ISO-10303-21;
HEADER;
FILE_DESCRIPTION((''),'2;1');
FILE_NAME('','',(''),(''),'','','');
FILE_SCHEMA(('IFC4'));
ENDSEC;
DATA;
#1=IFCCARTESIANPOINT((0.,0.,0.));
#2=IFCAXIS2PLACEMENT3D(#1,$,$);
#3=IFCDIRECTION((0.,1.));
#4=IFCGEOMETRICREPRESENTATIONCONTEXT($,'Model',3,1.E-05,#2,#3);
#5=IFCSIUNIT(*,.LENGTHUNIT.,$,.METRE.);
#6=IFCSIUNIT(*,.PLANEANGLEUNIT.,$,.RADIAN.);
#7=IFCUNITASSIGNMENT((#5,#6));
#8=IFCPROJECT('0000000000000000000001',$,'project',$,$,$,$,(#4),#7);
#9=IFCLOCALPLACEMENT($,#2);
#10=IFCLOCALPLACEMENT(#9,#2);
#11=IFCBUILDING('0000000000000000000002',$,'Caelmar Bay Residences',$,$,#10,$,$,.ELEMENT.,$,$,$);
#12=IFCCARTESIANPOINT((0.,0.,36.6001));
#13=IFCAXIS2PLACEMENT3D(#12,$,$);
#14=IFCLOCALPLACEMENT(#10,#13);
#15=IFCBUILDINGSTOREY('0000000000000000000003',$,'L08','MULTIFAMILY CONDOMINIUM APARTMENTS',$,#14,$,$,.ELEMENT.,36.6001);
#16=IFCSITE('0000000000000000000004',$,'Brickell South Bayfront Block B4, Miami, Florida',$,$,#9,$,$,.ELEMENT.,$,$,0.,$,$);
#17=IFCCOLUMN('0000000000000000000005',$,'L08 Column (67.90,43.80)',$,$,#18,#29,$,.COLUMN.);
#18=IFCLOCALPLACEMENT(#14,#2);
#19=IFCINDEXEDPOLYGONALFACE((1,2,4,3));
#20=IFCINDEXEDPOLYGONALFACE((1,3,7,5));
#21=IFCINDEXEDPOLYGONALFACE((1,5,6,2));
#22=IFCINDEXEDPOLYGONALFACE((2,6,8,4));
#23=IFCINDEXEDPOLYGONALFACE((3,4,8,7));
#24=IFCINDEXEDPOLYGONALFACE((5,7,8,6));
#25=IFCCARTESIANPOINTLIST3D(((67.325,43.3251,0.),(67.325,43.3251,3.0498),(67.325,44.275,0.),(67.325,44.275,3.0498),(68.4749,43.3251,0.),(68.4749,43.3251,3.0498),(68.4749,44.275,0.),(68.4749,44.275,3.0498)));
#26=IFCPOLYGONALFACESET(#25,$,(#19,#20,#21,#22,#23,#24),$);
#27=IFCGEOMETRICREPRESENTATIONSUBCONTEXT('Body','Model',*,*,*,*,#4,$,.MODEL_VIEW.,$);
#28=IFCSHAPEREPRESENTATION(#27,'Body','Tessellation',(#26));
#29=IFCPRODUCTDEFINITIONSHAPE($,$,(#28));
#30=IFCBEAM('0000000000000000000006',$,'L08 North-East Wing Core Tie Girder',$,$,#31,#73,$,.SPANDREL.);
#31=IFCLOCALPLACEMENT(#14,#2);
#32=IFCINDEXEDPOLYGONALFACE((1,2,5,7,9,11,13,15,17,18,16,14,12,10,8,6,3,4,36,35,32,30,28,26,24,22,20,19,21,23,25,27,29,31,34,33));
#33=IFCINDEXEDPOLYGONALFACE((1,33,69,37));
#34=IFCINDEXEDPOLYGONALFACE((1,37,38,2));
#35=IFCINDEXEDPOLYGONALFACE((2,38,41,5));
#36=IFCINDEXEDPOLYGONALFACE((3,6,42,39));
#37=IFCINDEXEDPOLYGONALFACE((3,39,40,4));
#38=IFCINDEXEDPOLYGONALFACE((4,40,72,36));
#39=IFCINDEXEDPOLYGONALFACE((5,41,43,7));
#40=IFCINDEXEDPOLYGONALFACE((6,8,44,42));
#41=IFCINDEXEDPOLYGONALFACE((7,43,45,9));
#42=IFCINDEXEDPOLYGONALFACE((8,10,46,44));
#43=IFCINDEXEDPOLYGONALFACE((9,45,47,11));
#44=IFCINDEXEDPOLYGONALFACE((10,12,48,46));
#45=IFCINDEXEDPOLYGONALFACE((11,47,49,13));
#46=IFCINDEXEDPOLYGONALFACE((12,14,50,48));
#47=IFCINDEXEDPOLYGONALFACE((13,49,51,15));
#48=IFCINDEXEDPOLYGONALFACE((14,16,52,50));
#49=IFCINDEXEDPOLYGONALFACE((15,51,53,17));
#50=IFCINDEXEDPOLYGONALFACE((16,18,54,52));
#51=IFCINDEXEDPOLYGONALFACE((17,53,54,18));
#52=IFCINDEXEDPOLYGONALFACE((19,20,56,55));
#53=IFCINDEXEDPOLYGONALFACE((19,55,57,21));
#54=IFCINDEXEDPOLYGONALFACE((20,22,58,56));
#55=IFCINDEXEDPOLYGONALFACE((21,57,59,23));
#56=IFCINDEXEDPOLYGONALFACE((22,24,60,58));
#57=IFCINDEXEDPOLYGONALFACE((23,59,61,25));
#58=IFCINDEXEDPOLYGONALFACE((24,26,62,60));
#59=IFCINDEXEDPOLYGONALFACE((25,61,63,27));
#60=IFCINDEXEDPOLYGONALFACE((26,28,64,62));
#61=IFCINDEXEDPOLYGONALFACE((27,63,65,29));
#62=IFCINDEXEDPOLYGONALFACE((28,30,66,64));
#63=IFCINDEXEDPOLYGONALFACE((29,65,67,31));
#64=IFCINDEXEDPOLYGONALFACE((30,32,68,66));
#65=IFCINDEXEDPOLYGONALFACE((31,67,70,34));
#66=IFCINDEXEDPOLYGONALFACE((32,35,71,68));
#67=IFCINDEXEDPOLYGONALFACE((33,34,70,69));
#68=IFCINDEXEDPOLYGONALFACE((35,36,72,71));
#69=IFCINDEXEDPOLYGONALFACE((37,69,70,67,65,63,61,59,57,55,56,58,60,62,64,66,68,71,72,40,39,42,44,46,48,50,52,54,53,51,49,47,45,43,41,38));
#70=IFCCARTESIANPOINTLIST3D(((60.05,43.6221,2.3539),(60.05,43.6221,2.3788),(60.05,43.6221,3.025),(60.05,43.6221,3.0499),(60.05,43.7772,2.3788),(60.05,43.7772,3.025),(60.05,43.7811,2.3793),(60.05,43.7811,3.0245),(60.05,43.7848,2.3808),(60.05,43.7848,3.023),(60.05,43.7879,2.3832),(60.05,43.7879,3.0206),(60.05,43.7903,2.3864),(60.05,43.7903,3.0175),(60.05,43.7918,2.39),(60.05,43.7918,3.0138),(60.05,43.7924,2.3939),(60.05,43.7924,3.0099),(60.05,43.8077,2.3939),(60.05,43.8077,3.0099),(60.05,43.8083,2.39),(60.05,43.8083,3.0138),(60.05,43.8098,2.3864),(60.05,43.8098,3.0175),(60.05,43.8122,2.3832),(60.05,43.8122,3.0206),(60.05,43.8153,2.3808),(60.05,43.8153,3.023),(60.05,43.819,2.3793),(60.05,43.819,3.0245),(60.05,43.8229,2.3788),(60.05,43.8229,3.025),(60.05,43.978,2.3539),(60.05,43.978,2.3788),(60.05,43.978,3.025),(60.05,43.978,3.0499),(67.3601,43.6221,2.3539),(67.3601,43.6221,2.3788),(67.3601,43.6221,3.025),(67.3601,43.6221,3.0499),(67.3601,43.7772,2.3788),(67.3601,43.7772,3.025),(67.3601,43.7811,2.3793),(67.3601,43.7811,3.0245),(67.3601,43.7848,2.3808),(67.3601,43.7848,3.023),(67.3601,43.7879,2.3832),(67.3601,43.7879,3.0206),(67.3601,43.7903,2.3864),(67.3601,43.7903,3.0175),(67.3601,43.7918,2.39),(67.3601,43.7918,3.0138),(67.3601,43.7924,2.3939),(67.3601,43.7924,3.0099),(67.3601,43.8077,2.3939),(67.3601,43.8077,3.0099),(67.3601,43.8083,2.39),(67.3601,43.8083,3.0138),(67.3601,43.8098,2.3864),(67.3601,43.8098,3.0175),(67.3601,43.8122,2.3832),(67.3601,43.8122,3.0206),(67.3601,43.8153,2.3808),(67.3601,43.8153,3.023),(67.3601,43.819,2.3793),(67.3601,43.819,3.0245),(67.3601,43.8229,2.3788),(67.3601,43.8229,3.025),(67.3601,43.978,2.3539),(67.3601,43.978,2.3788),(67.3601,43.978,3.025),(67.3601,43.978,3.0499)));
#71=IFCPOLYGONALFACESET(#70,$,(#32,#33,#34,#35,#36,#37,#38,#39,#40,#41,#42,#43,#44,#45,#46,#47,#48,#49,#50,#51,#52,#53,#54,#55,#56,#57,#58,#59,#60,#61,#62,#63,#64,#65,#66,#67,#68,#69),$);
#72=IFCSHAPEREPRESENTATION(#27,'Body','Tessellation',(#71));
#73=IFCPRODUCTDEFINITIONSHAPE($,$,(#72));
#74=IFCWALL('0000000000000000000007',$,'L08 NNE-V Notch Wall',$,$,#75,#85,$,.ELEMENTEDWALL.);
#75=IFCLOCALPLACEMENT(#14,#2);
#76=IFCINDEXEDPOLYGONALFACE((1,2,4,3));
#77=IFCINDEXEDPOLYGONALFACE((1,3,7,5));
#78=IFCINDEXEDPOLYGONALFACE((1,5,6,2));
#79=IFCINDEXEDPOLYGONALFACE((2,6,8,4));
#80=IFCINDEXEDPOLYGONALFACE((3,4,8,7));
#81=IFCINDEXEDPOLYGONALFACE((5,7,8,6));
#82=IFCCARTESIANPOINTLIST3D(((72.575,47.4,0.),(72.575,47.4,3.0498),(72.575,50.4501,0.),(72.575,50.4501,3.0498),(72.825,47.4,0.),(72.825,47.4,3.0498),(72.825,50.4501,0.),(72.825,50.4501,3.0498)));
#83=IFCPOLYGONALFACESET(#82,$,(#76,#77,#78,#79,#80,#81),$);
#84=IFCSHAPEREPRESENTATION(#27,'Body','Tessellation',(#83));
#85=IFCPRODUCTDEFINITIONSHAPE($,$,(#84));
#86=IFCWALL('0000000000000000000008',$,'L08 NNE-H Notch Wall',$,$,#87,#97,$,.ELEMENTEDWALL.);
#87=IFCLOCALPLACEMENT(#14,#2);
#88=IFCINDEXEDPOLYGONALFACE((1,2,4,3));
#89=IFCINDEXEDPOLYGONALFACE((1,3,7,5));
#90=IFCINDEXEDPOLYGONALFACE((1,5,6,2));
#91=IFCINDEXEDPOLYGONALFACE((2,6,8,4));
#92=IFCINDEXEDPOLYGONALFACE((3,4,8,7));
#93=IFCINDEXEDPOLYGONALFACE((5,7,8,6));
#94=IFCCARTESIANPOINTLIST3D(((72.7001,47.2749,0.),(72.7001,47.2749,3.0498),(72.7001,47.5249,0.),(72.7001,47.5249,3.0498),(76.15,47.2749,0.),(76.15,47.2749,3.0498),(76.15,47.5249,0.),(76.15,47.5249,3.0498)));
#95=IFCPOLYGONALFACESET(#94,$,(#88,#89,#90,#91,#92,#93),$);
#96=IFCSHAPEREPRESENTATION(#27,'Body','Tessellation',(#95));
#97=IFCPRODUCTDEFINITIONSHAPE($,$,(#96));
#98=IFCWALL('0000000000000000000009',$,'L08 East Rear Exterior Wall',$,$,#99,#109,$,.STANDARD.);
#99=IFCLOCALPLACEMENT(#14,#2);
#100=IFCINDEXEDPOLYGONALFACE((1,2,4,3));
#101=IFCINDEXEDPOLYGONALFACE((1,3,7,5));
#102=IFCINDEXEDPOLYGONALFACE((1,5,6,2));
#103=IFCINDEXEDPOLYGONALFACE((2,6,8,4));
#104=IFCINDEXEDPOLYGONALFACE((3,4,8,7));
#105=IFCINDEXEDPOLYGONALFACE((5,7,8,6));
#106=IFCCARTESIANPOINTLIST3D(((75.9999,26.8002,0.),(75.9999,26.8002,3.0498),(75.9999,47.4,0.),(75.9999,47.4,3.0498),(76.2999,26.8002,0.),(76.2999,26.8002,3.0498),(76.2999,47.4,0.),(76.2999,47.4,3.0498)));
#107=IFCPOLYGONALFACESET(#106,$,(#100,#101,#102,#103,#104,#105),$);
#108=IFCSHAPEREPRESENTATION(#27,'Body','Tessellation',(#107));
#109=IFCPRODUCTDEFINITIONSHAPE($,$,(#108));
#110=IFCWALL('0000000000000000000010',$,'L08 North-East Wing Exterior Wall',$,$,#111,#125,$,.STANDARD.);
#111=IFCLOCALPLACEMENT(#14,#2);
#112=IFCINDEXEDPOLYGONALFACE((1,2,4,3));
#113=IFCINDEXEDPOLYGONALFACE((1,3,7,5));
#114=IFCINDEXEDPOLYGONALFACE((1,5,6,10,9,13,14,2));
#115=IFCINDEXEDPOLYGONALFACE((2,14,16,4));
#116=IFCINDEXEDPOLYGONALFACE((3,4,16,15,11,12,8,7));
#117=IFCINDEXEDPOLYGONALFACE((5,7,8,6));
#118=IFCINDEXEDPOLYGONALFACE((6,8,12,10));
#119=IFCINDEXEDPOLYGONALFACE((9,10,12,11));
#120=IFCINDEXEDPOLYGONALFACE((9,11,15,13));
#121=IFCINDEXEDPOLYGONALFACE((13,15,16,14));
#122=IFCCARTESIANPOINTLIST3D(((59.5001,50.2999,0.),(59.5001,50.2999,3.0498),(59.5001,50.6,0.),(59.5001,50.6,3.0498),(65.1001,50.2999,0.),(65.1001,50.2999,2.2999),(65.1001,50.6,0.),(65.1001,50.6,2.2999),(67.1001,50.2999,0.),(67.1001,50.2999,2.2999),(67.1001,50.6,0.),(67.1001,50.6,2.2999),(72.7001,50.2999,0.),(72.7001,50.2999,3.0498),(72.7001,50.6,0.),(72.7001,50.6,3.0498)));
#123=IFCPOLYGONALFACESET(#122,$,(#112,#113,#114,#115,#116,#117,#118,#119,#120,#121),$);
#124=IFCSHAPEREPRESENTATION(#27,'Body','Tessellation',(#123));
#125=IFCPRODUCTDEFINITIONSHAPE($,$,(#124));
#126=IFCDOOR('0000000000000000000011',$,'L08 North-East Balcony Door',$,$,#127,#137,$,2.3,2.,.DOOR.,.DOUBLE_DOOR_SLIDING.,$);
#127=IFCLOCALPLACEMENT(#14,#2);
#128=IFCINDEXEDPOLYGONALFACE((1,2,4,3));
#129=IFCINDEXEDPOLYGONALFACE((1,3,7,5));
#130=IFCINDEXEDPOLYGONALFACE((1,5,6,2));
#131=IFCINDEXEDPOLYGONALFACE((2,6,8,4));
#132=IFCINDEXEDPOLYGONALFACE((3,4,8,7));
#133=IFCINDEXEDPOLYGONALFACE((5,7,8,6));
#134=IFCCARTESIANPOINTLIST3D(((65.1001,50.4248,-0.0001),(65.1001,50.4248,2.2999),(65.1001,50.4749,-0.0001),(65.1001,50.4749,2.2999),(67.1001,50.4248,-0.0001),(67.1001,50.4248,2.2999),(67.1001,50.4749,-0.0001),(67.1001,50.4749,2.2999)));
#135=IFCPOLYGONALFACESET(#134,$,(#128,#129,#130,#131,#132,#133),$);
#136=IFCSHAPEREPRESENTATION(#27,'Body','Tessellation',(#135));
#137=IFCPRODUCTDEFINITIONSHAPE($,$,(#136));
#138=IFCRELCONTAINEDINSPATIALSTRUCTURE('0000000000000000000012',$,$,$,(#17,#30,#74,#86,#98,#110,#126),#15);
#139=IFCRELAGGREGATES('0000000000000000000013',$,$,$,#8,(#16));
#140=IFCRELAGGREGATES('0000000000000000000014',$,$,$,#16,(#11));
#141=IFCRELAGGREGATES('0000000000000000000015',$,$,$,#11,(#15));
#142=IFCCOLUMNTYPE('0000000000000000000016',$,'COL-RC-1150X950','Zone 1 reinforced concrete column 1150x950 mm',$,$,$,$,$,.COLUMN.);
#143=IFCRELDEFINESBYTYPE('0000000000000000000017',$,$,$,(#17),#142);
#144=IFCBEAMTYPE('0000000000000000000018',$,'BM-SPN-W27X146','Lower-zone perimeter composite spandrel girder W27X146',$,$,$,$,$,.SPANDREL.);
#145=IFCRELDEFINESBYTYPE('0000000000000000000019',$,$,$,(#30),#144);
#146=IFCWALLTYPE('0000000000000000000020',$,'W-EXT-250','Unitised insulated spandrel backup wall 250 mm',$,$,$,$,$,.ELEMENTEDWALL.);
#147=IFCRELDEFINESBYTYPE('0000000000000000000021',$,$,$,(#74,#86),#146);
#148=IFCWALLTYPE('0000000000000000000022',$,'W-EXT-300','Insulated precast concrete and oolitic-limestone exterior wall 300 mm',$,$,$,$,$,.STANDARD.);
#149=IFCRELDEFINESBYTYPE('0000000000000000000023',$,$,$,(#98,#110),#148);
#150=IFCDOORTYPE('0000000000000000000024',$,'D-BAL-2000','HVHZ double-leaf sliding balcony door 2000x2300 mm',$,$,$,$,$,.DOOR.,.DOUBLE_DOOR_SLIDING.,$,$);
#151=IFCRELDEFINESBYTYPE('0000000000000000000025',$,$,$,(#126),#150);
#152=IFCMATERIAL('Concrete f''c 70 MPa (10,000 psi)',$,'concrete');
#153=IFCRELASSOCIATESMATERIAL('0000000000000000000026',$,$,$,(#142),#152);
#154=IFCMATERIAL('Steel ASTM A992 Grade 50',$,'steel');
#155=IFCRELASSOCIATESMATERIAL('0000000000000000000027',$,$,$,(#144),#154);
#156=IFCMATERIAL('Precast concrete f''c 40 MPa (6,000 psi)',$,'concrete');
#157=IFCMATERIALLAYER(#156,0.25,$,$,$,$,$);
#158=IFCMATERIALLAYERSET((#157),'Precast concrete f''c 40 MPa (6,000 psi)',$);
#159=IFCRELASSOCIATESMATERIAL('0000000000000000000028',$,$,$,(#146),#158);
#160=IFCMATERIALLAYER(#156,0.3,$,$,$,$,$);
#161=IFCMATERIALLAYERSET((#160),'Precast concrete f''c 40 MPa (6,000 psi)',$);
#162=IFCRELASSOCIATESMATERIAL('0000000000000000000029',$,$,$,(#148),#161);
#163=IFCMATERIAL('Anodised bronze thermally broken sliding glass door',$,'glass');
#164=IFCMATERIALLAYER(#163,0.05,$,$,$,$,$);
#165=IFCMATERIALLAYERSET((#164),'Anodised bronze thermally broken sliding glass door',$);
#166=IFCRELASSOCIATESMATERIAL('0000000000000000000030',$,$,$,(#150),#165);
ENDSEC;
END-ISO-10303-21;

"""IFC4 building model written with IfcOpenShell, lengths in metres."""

from ifc_helpers import new_model, si_unit, direction, frame, frame_2d, origin, origin_2d, place, context, subcontext, project, spatial, rectangle, i_section, extrude, material, layer, layer_set, material_profile, profile_set, type_object, element, fill, save


model = new_model("IFC4")

# Units and contexts
model_context = context("Model", 3, precision=1e-05, world=origin(), true_north=direction((0.0, 1.0)))
body_context = subcontext(model_context, "Body", "Model", "MODEL_VIEW")
ifc_project = project(units=[si_unit("LENGTHUNIT", "METRE"), si_unit("PLANEANGLEUNIT", "RADIAN")], contexts=[model_context])

# Site, building, storey
site_placement = place(None, origin())
site = spatial("IfcSite", under=ifc_project, at=site_placement, Name="Brickell South Bayfront Block B4, Miami, Florida", CompositionType="ELEMENT", RefElevation=0.0)
building_placement = place(site_placement, origin())
building = spatial("IfcBuilding", under=site, at=building_placement, Name="Caelmar Bay Residences", CompositionType="ELEMENT")
storey_placement = place(building_placement, frame((0.0, 0.0, 36.6001)))
storey = spatial("IfcBuildingStorey", under=building, at=storey_placement, Name="L08", Description="MULTIFAMILY CONDOMINIUM APARTMENTS", CompositionType="ELEMENT", Elevation=36.6001)

# Column
ifc_material_1 = material(Name="Concrete f'c 70 MPa (10,000 psi)", Category="concrete")
ifc_material_profile_1 = material_profile(ifc_material_1, rectangle(XDim=1.1499, YDim=0.95, at=origin_2d()), Name="RC-COL-1150X950")
ifc_profile_set_1 = profile_set([ifc_material_profile_1], Name="Concrete f'c 70 MPa (10,000 psi)")
column_type = type_object("IfcColumnType", Name="COL-RC-1150X950", Description="Zone 1 reinforced concrete column 1150x950 mm", PredefinedType="COLUMN", material=ifc_profile_set_1)
column_placement = place(storey_placement, frame((67.8999, 43.8, 0.0), z_axis=(0.0, 0.0, 1.0), x_axis=(1.0, 0.0, 0.0)))
element("IfcColumn", 1, at=column_placement, inside=storey, type_object=column_type, Name="L08 Column (67.90,43.80)", PredefinedType="COLUMN", context=body_context, shape_type="SweptSolid", body=[
    extrude(rectangle(XDim=1.1499, YDim=0.95, at=origin_2d()), origin(), (0.0, 0.0, 1.0), 3.0498),
])

# Beam
ifc_material_2 = material(Name="Steel ASTM A992 Grade 50", Category="steel")
ifc_material_profile_2 = material_profile(ifc_material_2, i_section(OverallWidth=0.356, OverallDepth=0.696, WebThickness=0.0154, FlangeThickness=0.0249, FilletRadius=0.0151, at=origin_2d()), Name="W27X146")
ifc_profile_set_2 = profile_set([ifc_material_profile_2], Name="Steel ASTM A992 Grade 50")
beam_type = type_object("IfcBeamType", Name="BM-SPN-W27X146", Description="Lower-zone perimeter composite spandrel girder W27X146", PredefinedType="SPANDREL", material=ifc_profile_set_2)
beam_placement = place(storey_placement, frame((60.05, 43.8, 2.7019), z_axis=(1.0, 0.0, 0.0), x_axis=(0.0, 1.0, 0.0)))
element("IfcBeam", 2, at=beam_placement, inside=storey, type_object=beam_type, Name="L08 North-East Wing Core Tie Girder", PredefinedType="SPANDREL", context=body_context, shape_type="SweptSolid", body=[
    extrude(i_section(OverallWidth=0.356, OverallDepth=0.696, WebThickness=0.0154, FlangeThickness=0.0249, FilletRadius=0.0151, at=origin_2d()), origin(), (0.0, 0.0, 1.0), 7.3101),
])

# Walls
ifc_material_3 = material(Name="Precast concrete f'c 40 MPa (6,000 psi)", Category="concrete")
ifc_layer_1 = layer(ifc_material_3, 0.25)
ifc_layer_set_1 = layer_set([ifc_layer_1], Name="Precast concrete f'c 40 MPa (6,000 psi)")
wall_type_1 = type_object("IfcWallType", Name="W-EXT-250", Description="Unitised insulated spandrel backup wall 250 mm", PredefinedType="ELEMENTEDWALL", material=ifc_layer_set_1)
wall_1_placement = place(storey_placement, frame((72.7, 50.45, 0.0), z_axis=(0.0, 0.0, 1.0), x_axis=(0.0, -1.0, 0.0)))
element("IfcWall", 3, at=wall_1_placement, inside=storey, type_object=wall_type_1, Name="L08 NNE-V Notch Wall", PredefinedType="ELEMENTEDWALL", context=body_context, shape_type="SweptSolid", body=[
    extrude(rectangle(XDim=3.05, YDim=0.25, at=frame_2d((1.5249, 0.0))), origin(), (0.0, 0.0, 1.0), 3.0498),
])
wall_2_placement = place(storey_placement, frame((72.7, 47.3999, 0.0), z_axis=(0.0, 0.0, 1.0), x_axis=(1.0, 0.0, 0.0)))
element("IfcWall", 4, at=wall_2_placement, inside=storey, type_object=wall_type_1, Name="L08 NNE-H Notch Wall", PredefinedType="ELEMENTEDWALL", context=body_context, shape_type="SweptSolid", body=[
    extrude(rectangle(XDim=3.45, YDim=0.25, at=frame_2d((1.7251, 0.0))), origin(), (0.0, 0.0, 1.0), 3.0498),
])
ifc_layer_2 = layer(ifc_material_3, 0.3)
ifc_layer_set_2 = layer_set([ifc_layer_2], Name="Precast concrete f'c 40 MPa (6,000 psi)")
wall_type_2 = type_object("IfcWallType", Name="W-EXT-300", Description="Insulated precast concrete and oolitic-limestone exterior wall 300 mm", PredefinedType="STANDARD", material=ifc_layer_set_2)
wall_3_placement = place(storey_placement, frame((76.1499, 47.3999, 0.0), z_axis=(0.0, 0.0, 1.0), x_axis=(0.0, -1.0, 0.0)))
element("IfcWall", 5, at=wall_3_placement, inside=storey, type_object=wall_type_2, Name="L08 East Rear Exterior Wall", PredefinedType="STANDARD", context=body_context, shape_type="SweptSolid", body=[
    extrude(rectangle(XDim=20.5999, YDim=0.3, at=frame_2d((10.2998, 0.0))), origin(), (0.0, 0.0, 1.0), 3.0498),
])

# Wall, opening, door
wall_4_placement = place(storey_placement, frame((59.5, 50.45, 0.0), z_axis=(0.0, 0.0, 1.0), x_axis=(1.0, 0.0, 0.0)))
wall_4 = element("IfcWall", 6, at=wall_4_placement, inside=storey, type_object=wall_type_2, Name="L08 North-East Wing Exterior Wall", PredefinedType="STANDARD", context=body_context, shape_type="SweptSolid", body=[
    extrude(rectangle(XDim=13.2, YDim=0.3, at=frame_2d((6.6001, 0.0))), origin(), (0.0, 0.0, 1.0), 3.0498),
])
opening_1_placement = place(wall_4_placement, frame((5.6001, 0.0, 0.0)))
opening_1 = element("IfcOpeningElement", 7, at=opening_1_placement, cuts=wall_4, PredefinedType="OPENING", context=body_context, shape_type="SweptSolid", body=[
    extrude(rectangle(XDim=2.0, YDim=2.3, at=frame_2d((1.0, 1.1499))), frame((0.0, 0.1599, 0.0), z_axis=(0.0, -1.0, 0.0), x_axis=(1.0, 0.0, 0.0)), (0.0, 0.0, 1.0), 0.3201),
])
ifc_material_4 = material(Name="Anodised bronze thermally broken sliding glass door", Category="glass")
ifc_layer_3 = layer(ifc_material_4, 0.05)
ifc_layer_set_3 = layer_set([ifc_layer_3], Name="Anodised bronze thermally broken sliding glass door")
door_type_1 = type_object("IfcDoorType", Name="D-BAL-2000", Description="HVHZ double-leaf sliding balcony door 2000x2300 mm", OperationType="DOUBLE_DOOR_SLIDING", PredefinedType="DOOR", material=ifc_layer_set_3)
door_1_placement = place(opening_1_placement, origin())
door_1 = element("IfcDoor", 8, at=door_1_placement, inside=storey, type_object=door_type_1, Name="L08 North-East Balcony Door", OperationType="DOUBLE_DOOR_SLIDING", OverallHeight=2.3, OverallWidth=2.0, PredefinedType="DOOR", context=body_context, shape_type="SweptSolid", body=[
    extrude(rectangle(XDim=2.0, YDim=2.3, at=frame_2d((1.0, 1.1499))), frame((0.0, 0.0249, 0.0), z_axis=(0.0, -1.0, 0.0), x_axis=(1.0, 0.0, 0.0)), (0.0, 0.0, 1.0), 0.05),
])
fill(opening_1, door_1)

save(model, "model.ifc")
